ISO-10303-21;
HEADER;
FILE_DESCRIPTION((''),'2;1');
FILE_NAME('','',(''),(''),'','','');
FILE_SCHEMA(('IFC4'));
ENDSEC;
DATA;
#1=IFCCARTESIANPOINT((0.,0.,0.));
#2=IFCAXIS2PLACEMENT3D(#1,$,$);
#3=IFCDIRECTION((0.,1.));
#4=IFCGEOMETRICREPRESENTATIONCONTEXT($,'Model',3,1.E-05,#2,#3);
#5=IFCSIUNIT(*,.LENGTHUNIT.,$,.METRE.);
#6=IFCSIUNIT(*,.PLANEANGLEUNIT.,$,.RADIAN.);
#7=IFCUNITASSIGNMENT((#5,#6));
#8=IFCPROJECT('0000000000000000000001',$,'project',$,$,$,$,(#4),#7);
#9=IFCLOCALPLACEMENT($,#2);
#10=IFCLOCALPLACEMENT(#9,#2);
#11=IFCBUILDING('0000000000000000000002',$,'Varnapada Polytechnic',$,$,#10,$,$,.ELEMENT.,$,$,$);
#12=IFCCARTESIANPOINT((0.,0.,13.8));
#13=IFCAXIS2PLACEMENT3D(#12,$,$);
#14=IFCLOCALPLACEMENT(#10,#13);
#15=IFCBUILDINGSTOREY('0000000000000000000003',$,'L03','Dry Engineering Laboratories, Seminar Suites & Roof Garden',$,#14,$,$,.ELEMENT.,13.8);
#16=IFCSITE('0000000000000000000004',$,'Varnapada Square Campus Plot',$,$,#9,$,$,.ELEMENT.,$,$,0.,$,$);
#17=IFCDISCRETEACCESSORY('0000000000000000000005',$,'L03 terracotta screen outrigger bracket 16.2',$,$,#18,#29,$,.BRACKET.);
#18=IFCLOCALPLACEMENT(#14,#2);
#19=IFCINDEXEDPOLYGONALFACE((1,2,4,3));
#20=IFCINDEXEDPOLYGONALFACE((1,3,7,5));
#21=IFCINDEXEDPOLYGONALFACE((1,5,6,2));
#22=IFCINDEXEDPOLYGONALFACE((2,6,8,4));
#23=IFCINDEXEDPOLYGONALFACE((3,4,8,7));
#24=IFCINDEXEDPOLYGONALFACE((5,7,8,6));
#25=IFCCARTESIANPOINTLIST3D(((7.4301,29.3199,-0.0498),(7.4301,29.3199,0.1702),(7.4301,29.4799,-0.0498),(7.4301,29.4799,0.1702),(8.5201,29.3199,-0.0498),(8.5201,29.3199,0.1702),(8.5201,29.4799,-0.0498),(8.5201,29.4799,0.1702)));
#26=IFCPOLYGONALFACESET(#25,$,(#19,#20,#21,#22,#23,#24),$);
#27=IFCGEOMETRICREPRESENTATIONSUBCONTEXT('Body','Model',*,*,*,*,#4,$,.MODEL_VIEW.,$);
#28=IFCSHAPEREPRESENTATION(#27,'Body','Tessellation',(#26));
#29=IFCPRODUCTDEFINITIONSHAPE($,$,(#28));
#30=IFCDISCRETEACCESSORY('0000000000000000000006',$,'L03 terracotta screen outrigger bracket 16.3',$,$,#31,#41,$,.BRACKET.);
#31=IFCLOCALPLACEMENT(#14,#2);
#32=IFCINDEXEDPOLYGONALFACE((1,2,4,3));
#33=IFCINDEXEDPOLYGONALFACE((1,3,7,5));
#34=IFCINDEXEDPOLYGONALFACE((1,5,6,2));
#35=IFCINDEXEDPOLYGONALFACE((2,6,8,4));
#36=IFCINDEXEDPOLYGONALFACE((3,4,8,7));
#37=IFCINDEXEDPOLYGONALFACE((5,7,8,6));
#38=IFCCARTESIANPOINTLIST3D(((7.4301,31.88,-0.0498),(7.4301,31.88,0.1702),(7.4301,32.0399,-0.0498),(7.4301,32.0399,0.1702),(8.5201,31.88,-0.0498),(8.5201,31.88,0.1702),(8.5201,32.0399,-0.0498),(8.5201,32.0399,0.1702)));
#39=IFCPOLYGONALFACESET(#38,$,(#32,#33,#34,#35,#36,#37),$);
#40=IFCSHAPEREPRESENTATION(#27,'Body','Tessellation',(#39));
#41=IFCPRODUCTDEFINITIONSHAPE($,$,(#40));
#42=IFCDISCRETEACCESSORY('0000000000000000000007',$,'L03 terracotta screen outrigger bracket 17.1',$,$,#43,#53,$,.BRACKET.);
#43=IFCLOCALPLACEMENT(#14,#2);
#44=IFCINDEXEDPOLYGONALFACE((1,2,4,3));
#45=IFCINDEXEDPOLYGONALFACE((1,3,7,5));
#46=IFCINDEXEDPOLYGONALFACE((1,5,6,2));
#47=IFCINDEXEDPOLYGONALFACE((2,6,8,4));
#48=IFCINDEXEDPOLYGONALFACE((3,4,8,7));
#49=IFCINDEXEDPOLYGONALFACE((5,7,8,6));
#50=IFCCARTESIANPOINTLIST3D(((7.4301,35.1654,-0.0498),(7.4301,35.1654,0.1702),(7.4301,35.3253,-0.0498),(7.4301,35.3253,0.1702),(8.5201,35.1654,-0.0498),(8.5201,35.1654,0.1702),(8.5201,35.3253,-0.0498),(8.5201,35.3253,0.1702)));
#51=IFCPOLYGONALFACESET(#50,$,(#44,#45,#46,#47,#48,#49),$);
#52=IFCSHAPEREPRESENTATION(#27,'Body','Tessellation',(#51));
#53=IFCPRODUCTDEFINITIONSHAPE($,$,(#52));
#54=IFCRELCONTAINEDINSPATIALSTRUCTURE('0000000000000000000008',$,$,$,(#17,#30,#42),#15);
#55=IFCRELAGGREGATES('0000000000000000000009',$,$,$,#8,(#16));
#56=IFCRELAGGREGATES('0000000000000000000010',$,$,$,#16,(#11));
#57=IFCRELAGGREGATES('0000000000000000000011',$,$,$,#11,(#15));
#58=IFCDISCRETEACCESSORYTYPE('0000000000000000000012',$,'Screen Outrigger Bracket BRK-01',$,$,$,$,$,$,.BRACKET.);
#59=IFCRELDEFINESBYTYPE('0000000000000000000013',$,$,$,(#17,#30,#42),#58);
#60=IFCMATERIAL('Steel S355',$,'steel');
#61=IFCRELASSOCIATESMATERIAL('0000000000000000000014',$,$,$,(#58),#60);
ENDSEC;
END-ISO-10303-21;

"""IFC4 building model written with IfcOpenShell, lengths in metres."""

from ifc_helpers import new_model, si_unit, direction, frame, origin, origin_2d, place, context, subcontext, project, spatial, rectangle, extrude, material, type_object, element, save


model = new_model("IFC4")

# Units and contexts
model_context = context("Model", 3, precision=1e-05, world=origin(), true_north=direction((0.0, 1.0)))
body_context = subcontext(model_context, "Body", "Model", "MODEL_VIEW")
ifc_project = project(units=[si_unit("LENGTHUNIT", "METRE"), si_unit("PLANEANGLEUNIT", "RADIAN")], contexts=[model_context])

# Site, building, storey
site_placement = place(None, origin())
site = spatial("IfcSite", under=ifc_project, at=site_placement, Name="Varnapada Square Campus Plot", CompositionType="ELEMENT", RefElevation=0.0)
building_placement = place(site_placement, origin())
building = spatial("IfcBuilding", under=site, at=building_placement, Name="Varnapada Polytechnic", CompositionType="ELEMENT")
storey_placement = place(building_placement, frame((0.0, 0.0, 13.8)))
storey = spatial("IfcBuildingStorey", under=building, at=storey_placement, Name="L03", Description="Dry Engineering Laboratories, Seminar Suites & Roof Garden", CompositionType="ELEMENT", Elevation=13.8)

# Discrete accessories
ifc_material_1 = material(Name="Steel S355", Category="steel")
discrete_accessory_type = type_object("IfcDiscreteAccessoryType", Name="Screen Outrigger Bracket BRK-01", PredefinedType="BRACKET", material=ifc_material_1)
for number, where, z_axis, x_axis, name in (
    (1, (7.9751, 29.3999, -0.0498), (0.0, 0.0, 1.0), (0.0, 1.0, 0.0), "L03 terracotta screen outrigger bracket 16.2"),
    (2, (7.9751, 31.96, -0.0498), (0.0, 0.0, 1.0), (0.0, 1.0, 0.0), "L03 terracotta screen outrigger bracket 16.3"),
    (3, (7.9751, 35.2454, -0.0498), (0.0, 0.0, 1.0), (0.0, 1.0, 0.0), "L03 terracotta screen outrigger bracket 17.1"),
):
    element("IfcDiscreteAccessory", number, at=place(storey_placement, frame(where, z_axis=z_axis, x_axis=x_axis)), inside=storey, type_object=discrete_accessory_type, Name=name, PredefinedType="BRACKET", context=body_context, shape_type="SweptSolid", body=[
        extrude(rectangle(XDim=0.1599, YDim=1.0901, at=origin_2d()), origin(), (0.0, 0.0, 1.0), 0.22),
    ])

save(model, "model.ifc")
